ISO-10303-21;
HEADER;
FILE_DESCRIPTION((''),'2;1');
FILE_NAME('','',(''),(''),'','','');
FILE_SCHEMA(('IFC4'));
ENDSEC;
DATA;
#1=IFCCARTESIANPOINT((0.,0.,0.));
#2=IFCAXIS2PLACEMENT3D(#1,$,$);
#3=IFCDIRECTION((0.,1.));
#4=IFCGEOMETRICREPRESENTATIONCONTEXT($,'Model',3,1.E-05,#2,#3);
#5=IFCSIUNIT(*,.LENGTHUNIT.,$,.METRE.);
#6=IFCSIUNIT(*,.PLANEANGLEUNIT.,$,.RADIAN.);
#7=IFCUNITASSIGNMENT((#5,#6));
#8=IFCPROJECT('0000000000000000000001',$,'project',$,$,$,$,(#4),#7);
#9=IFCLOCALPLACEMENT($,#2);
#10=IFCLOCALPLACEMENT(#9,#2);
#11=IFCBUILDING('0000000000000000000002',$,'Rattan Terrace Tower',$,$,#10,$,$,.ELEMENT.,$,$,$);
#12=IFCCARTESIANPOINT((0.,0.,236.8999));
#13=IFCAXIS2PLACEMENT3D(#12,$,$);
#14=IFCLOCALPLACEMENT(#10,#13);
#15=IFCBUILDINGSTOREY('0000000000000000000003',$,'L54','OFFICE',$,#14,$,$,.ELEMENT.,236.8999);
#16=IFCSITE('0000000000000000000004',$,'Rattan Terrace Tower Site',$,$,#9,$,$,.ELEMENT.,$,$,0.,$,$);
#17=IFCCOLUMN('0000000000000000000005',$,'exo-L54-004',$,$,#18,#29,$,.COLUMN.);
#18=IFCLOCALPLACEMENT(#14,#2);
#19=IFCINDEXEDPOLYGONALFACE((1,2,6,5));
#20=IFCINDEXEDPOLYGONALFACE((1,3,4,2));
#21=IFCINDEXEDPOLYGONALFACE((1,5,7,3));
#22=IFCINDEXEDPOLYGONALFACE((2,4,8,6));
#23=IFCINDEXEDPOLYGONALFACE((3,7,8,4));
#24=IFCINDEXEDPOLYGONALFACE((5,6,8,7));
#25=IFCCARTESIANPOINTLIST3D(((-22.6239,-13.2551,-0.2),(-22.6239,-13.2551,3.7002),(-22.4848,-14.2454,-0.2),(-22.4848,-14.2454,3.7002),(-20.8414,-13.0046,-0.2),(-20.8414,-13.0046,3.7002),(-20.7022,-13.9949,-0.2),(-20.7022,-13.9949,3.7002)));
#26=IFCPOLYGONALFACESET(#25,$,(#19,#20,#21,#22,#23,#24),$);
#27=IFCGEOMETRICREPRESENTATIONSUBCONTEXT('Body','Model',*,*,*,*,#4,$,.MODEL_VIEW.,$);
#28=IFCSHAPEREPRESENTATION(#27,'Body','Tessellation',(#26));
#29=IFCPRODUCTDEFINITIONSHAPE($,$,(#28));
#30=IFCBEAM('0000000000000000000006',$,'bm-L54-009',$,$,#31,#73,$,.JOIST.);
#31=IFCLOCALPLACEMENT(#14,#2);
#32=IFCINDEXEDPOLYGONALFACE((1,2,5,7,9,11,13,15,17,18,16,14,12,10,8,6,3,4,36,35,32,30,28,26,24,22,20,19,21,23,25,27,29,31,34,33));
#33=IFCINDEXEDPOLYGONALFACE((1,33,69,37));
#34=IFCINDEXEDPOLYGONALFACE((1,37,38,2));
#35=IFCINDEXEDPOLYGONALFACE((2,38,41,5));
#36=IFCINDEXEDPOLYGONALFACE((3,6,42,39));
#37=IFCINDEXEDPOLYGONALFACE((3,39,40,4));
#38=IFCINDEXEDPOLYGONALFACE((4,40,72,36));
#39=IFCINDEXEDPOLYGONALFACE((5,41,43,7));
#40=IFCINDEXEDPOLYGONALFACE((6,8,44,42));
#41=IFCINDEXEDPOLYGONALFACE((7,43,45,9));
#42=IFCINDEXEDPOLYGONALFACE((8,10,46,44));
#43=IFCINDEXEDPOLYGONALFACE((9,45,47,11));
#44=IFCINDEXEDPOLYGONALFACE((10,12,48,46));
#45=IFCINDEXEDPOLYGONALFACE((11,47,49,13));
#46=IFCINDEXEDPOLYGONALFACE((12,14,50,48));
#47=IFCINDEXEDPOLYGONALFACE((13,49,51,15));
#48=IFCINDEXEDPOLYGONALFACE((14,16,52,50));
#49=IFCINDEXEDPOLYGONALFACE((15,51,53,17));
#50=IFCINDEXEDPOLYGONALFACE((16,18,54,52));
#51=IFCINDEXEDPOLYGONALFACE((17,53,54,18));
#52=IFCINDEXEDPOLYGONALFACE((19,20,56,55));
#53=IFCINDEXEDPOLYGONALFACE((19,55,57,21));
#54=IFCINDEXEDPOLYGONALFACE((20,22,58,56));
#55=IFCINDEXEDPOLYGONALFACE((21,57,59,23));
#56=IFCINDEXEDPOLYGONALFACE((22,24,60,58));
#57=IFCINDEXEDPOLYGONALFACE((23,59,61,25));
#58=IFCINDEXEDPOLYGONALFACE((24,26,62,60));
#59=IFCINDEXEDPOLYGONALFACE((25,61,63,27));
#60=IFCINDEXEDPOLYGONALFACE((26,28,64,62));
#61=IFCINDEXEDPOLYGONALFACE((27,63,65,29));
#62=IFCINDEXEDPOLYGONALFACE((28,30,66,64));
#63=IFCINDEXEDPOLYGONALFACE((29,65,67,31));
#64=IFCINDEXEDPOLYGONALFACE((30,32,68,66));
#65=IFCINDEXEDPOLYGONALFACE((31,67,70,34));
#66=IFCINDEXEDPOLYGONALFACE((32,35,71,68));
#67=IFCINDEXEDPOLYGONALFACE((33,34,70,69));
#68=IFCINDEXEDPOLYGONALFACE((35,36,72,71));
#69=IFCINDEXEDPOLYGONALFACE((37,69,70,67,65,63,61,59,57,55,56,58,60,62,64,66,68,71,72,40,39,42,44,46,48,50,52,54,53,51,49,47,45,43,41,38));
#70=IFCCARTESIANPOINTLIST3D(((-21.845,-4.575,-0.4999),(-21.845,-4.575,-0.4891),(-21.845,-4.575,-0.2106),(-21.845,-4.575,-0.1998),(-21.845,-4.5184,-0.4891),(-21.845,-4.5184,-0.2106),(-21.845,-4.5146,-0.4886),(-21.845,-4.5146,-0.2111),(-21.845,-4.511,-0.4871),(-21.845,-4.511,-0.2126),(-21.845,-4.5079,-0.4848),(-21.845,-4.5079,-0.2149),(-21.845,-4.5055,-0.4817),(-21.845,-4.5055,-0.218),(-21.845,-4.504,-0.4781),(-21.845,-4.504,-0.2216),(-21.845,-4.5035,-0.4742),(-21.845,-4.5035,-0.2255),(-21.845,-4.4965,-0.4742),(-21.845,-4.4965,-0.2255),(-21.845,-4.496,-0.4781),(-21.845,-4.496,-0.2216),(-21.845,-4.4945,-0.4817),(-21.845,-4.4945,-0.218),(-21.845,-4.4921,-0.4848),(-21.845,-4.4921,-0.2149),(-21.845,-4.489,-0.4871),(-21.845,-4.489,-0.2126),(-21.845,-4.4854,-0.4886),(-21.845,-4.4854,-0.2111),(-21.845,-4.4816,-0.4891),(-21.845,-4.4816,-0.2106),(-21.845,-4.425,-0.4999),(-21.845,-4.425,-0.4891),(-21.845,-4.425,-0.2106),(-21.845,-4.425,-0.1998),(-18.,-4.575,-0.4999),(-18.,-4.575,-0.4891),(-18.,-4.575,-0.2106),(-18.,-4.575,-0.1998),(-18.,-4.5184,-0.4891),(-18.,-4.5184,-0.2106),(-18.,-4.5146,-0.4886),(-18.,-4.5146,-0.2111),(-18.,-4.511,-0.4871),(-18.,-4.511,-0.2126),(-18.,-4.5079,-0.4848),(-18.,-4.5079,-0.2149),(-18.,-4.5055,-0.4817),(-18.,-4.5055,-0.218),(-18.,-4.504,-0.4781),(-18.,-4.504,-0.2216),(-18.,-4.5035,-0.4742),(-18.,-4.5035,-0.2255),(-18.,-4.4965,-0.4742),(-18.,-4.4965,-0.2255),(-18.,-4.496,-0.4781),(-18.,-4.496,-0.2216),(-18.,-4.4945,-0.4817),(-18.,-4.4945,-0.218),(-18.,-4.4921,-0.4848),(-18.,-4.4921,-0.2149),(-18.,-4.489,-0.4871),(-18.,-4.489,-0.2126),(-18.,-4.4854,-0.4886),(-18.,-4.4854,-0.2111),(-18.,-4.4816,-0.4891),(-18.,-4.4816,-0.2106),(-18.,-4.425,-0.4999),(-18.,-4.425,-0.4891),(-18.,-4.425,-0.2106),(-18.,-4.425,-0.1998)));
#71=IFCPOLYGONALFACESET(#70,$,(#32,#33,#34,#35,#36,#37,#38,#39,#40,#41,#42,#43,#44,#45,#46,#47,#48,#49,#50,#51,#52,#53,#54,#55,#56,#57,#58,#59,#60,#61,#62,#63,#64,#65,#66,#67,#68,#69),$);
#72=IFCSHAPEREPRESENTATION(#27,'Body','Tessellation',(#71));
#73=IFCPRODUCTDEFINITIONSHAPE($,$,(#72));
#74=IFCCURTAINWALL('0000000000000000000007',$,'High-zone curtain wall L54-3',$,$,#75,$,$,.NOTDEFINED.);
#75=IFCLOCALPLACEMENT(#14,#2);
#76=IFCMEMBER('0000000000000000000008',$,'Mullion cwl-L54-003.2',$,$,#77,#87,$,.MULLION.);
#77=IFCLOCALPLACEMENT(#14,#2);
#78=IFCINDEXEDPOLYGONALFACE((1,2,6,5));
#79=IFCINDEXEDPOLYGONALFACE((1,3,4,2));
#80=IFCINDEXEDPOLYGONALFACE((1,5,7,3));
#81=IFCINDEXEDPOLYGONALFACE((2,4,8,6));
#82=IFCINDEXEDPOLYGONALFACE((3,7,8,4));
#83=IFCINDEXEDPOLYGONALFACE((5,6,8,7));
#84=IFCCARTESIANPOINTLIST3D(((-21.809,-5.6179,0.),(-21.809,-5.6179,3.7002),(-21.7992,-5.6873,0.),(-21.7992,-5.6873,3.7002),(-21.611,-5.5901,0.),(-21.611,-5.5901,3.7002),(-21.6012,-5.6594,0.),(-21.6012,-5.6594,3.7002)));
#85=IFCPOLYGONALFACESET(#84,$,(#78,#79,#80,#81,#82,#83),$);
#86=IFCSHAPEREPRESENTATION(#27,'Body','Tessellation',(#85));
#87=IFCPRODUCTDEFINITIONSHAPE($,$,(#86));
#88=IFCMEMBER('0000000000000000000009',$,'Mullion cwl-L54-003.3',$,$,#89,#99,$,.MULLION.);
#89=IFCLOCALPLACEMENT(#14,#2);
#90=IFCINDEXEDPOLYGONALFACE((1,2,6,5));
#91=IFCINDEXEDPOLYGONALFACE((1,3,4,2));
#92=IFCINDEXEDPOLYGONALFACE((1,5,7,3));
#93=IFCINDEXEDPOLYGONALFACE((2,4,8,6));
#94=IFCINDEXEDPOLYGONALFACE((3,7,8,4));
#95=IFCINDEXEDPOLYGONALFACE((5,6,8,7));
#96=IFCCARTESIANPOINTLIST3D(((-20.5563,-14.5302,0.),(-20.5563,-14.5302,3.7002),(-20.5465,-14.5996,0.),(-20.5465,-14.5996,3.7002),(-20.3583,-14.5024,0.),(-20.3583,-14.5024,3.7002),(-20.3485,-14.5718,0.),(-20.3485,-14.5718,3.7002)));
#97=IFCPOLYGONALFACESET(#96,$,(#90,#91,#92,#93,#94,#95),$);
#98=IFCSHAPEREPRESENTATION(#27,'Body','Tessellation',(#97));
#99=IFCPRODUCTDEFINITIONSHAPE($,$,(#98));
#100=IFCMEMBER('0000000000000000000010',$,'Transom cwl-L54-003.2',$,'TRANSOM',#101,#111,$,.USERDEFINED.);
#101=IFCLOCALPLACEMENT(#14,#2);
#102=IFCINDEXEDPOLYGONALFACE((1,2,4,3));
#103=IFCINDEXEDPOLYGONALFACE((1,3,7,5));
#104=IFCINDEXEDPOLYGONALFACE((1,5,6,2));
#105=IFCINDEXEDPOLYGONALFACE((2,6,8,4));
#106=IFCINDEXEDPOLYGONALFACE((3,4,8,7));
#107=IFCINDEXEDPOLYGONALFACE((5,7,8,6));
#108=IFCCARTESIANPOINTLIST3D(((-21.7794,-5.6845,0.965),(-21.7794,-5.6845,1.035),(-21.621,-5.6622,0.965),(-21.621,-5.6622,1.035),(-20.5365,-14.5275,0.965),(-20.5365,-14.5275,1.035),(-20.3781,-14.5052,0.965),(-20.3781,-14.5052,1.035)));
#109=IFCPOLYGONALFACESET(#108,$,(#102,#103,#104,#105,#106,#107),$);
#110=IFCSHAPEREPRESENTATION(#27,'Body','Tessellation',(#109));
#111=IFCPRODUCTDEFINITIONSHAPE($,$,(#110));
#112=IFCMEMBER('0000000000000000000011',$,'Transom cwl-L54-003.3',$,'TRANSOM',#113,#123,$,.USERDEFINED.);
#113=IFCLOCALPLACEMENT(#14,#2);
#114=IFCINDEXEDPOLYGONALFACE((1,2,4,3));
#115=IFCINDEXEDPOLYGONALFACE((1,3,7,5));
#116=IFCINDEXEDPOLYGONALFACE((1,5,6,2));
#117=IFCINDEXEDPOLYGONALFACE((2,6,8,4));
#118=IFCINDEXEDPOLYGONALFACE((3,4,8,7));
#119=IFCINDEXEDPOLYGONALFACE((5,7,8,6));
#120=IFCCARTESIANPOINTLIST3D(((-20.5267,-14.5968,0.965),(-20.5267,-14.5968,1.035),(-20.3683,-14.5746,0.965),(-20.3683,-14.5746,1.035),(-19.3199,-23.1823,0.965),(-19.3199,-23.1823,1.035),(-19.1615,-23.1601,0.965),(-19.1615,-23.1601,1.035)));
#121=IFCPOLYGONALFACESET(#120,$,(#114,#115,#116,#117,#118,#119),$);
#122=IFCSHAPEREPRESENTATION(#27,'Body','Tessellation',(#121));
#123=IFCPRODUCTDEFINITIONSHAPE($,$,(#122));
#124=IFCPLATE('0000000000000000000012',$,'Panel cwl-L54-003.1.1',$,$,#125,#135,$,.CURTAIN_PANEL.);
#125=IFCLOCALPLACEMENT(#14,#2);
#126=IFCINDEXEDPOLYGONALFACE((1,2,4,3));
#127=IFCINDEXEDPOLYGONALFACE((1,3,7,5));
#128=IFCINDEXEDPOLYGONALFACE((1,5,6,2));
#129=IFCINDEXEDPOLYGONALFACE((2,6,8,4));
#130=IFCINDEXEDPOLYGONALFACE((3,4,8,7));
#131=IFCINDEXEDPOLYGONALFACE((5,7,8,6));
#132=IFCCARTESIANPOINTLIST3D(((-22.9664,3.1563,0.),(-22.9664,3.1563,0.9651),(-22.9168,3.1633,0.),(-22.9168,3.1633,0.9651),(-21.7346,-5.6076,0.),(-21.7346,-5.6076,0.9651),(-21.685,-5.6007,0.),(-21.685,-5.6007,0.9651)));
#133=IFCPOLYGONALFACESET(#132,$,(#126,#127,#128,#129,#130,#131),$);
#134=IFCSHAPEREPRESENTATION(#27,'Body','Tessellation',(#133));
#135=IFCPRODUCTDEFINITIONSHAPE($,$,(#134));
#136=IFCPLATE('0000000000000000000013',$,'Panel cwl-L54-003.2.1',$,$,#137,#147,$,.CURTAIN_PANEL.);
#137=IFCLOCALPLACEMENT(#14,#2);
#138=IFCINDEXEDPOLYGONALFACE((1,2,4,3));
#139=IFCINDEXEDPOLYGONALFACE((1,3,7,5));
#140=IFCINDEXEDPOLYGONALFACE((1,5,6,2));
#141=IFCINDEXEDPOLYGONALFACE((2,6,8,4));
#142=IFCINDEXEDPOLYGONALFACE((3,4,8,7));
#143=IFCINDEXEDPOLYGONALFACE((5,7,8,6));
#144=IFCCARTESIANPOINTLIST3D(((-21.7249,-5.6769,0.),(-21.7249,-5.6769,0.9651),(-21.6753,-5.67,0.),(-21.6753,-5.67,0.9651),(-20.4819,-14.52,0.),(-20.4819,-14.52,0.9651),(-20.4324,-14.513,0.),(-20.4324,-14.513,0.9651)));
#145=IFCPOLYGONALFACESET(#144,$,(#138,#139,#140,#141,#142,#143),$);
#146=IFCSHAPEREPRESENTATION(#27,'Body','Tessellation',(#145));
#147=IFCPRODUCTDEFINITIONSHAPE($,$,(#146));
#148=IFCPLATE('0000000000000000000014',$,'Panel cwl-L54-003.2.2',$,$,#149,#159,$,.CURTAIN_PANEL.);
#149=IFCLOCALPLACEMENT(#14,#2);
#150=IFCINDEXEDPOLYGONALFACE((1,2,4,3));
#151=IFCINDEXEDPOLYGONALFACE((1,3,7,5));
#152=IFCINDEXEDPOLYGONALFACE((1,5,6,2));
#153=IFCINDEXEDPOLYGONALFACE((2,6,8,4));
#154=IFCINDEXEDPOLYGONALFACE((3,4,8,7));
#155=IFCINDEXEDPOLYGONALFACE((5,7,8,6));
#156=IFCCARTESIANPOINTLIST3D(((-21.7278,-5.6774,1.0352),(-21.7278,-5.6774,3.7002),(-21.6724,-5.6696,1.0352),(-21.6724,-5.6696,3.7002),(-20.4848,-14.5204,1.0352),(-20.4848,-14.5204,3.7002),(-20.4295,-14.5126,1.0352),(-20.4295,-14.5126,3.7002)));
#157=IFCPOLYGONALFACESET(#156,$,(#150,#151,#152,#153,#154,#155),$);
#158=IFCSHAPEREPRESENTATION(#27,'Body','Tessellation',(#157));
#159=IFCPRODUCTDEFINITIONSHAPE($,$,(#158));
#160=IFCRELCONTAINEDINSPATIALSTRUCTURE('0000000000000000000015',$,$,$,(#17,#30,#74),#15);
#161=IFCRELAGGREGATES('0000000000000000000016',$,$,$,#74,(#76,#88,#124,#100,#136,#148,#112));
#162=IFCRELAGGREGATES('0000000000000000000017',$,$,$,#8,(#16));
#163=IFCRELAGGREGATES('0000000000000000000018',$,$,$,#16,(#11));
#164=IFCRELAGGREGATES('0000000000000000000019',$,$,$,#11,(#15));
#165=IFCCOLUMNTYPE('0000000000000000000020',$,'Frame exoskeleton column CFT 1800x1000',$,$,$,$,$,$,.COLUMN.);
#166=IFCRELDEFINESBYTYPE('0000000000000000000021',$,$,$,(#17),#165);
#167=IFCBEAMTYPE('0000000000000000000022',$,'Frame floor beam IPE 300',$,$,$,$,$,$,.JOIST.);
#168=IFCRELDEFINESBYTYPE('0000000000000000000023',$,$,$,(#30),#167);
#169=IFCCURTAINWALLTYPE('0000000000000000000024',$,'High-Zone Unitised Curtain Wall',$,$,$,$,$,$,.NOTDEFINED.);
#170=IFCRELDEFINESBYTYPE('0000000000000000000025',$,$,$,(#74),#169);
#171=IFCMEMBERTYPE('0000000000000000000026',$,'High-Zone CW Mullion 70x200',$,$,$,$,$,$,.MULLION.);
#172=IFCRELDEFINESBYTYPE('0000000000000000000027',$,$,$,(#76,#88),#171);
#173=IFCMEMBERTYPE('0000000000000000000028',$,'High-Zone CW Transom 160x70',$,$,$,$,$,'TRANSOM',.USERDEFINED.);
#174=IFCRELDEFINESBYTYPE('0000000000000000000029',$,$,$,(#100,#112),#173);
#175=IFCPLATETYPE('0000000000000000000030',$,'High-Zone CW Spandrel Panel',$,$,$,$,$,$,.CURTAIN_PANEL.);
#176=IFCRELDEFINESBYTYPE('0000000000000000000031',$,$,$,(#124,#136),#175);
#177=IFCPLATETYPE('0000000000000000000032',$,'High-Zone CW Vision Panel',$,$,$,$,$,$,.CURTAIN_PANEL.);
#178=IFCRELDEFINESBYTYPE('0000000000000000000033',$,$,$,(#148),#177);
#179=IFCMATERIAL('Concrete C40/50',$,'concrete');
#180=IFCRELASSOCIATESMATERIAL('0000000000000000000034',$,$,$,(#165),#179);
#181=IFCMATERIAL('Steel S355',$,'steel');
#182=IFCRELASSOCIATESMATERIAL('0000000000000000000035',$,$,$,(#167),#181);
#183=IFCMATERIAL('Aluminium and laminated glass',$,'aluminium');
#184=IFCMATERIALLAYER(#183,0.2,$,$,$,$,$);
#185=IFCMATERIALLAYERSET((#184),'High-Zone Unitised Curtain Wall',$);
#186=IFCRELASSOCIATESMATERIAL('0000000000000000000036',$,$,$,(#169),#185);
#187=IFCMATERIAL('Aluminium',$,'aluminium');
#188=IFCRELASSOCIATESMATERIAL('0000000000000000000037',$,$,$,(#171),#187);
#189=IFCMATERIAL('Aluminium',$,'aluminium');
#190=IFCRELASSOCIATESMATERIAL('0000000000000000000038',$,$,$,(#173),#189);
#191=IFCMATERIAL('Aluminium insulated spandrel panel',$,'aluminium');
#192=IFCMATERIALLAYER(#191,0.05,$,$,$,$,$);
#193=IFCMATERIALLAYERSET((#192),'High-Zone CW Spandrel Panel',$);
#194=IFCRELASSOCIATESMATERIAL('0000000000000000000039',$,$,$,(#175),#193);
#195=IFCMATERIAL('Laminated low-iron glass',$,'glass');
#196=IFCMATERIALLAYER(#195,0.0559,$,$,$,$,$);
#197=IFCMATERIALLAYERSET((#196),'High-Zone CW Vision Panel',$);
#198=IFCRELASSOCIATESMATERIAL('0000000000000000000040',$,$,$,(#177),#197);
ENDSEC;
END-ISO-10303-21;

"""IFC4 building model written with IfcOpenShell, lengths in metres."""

from ifc_helpers import new_model, si_unit, direction, frame, origin, origin_2d, place, context, subcontext, project, spatial, rectangle, i_section, extrude, material, layer, layer_set, material_profile, profile_set, type_object, element, aggregate, save


model = new_model("IFC4")

# Units and contexts
model_context = context("Model", 3, precision=1e-05, world=origin(), true_north=direction((0.0, 1.0)))
body_context = subcontext(model_context, "Body", "Model", "MODEL_VIEW")
ifc_project = project(units=[si_unit("LENGTHUNIT", "METRE"), si_unit("PLANEANGLEUNIT", "RADIAN")], contexts=[model_context])

# Site, building, storey
site_placement = place(None, origin())
site = spatial("IfcSite", under=ifc_project, at=site_placement, Name="Rattan Terrace Tower Site", CompositionType="ELEMENT", RefElevation=0.0)
building_placement = place(site_placement, origin())
building = spatial("IfcBuilding", under=site, at=building_placement, Name="Rattan Terrace Tower", CompositionType="ELEMENT")
storey_placement = place(building_placement, frame((0.0, 0.0, 236.8999)))
storey = spatial("IfcBuildingStorey", under=building, at=storey_placement, Name="L54", Description="OFFICE", CompositionType="ELEMENT", Elevation=236.8999)

# Column
ifc_material_1 = material(Name="Concrete C40/50", Category="concrete")
ifc_material_profile_1 = material_profile(ifc_material_1, rectangle(XDim=1.0, YDim=1.8, at=origin_2d()), Name="CFT 1800x1000")
ifc_profile_set_1 = profile_set([ifc_material_profile_1], Name="Concrete C40/50")
column_type = type_object("IfcColumnType", Name="Frame exoskeleton column CFT 1800x1000", PredefinedType="COLUMN", material=ifc_profile_set_1)
column_placement = place(storey_placement, frame((-21.6631, -13.625, -0.2), z_axis=(0.0, 0.0, 1.0), x_axis=(-0.13919, 0.990266, 0.0)))
element("IfcColumn", 1, at=column_placement, inside=storey, type_object=column_type, Name="exo-L54-004", PredefinedType="COLUMN", context=body_context, shape_type="SweptSolid", body=[
    extrude(rectangle(XDim=1.0, YDim=1.8, at=origin_2d()), origin(), (0.0, 0.0, 1.0), 3.9001),
])

# Beam
ifc_material_2 = material(Name="Steel S355", Category="steel")
ifc_material_profile_2 = material_profile(ifc_material_2, i_section(OverallWidth=0.1499, OverallDepth=0.3, WebThickness=0.0071, FlangeThickness=0.0107, FilletRadius=0.0149, at=origin_2d()), Name="IPE 300")
ifc_profile_set_2 = profile_set([ifc_material_profile_2], Name="Steel S355")
beam_type = type_object("IfcBeamType", Name="Frame floor beam IPE 300", PredefinedType="JOIST", material=ifc_profile_set_2)
beam_placement = place(storey_placement, frame((-21.845, -4.5, -0.3499), z_axis=(1.0, 0.0, 0.0), x_axis=(0.0, 1.0, 0.0)))
element("IfcBeam", 2, at=beam_placement, inside=storey, type_object=beam_type, Name="bm-L54-009", PredefinedType="JOIST", context=body_context, shape_type="SweptSolid", body=[
    extrude(i_section(OverallWidth=0.1499, OverallDepth=0.3, WebThickness=0.0071, FlangeThickness=0.0107, FilletRadius=0.0149, at=origin_2d()), origin(), (0.0, 0.0, 1.0), 3.845),
])

# Curtain wall, members, plates
ifc_material_3 = material(Name="Aluminium and laminated glass", Category="aluminium")
ifc_layer_1 = layer(ifc_material_3, 0.2)
ifc_layer_set_1 = layer_set([ifc_layer_1], Name="High-Zone Unitised Curtain Wall")
curtain_wall_type = type_object("IfcCurtainWallType", Name="High-Zone Unitised Curtain Wall", PredefinedType="NOTDEFINED", material=ifc_layer_set_1)
curtain_wall_placement = place(storey_placement, origin())
curtain_wall = element("IfcCurtainWall", 3, at=curtain_wall_placement, inside=storey, type_object=curtain_wall_type, Name="High-zone curtain wall L54-3", PredefinedType="NOTDEFINED")
ifc_material_4 = material(Name="Aluminium", Category="aluminium")
ifc_material_profile_3 = material_profile(ifc_material_4, rectangle(XDim=0.0701, YDim=0.2, at=origin_2d()), Name="Aluminium 70x200")
ifc_profile_set_3 = profile_set([ifc_material_profile_3], Name="Aluminium")
member_type_1 = type_object("IfcMemberType", Name="High-Zone CW Mullion 70x200", PredefinedType="MULLION", material=ifc_profile_set_3)
member_1_placement = place(storey_placement, frame((-21.7051, -5.6387, 0.0), z_axis=(0.0, 0.0, 1.0), x_axis=(0.139186, -0.990266, 0.0)))
member_1 = element("IfcMember", 4, at=member_1_placement, type_object=member_type_1, Name="Mullion cwl-L54-003.2", PredefinedType="MULLION", context=body_context, shape_type="SweptSolid", body=[
    extrude(rectangle(XDim=0.0701, YDim=0.2, at=origin_2d()), origin(), (0.0, 0.0, 1.0), 3.7002),
])
member_2_placement = place(storey_placement, frame((-20.4524, -14.551, 0.0), z_axis=(0.0, 0.0, 1.0), x_axis=(0.139186, -0.990266, 0.0)))
member_2 = element("IfcMember", 5, at=member_2_placement, type_object=member_type_1, Name="Mullion cwl-L54-003.3", PredefinedType="MULLION", context=body_context, shape_type="SweptSolid", body=[
    extrude(rectangle(XDim=0.0701, YDim=0.2, at=origin_2d()), origin(), (0.0, 0.0, 1.0), 3.7002),
])
ifc_material_5 = material(Name="Aluminium", Category="aluminium")
ifc_material_profile_4 = material_profile(ifc_material_5, rectangle(XDim=0.1599, YDim=0.0701, at=origin_2d()), Name="Aluminium 160x70")
ifc_profile_set_4 = profile_set([ifc_material_profile_4], Name="Aluminium")
member_type_2 = type_object("IfcMemberType", Name="High-Zone CW Transom 160x70", ElementType="TRANSOM", PredefinedType="USERDEFINED", material=ifc_profile_set_4)
member_3_placement = place(storey_placement, frame((-21.7002, -5.6733, 1.0), z_axis=(0.139186, -0.990266, 0.0), x_axis=(0.990266, 0.139186, 0.0)))
member_3 = element("IfcMember", 6, at=member_3_placement, type_object=member_type_2, Name="Transom cwl-L54-003.2", ObjectType="TRANSOM", PredefinedType="USERDEFINED", context=body_context, shape_type="SweptSolid", body=[
    extrude(rectangle(XDim=0.1599, YDim=0.0701, at=origin_2d()), origin(), (0.0, 0.0, 1.0), 8.9299),
])
member_4_placement = place(storey_placement, frame((-20.4475, -14.5857, 1.0), z_axis=(0.139194, -0.990265, 0.0), x_axis=(0.990265, 0.139194, 0.0)))
member_4 = element("IfcMember", 7, at=member_4_placement, type_object=member_type_2, Name="Transom cwl-L54-003.3", ObjectType="TRANSOM", PredefinedType="USERDEFINED", context=body_context, shape_type="SweptSolid", body=[
    extrude(rectangle(XDim=0.1599, YDim=0.0701, at=origin_2d()), origin(), (0.0, 0.0, 1.0), 8.6699),
])
ifc_material_6 = material(Name="Aluminium insulated spandrel panel", Category="aluminium")
ifc_layer_2 = layer(ifc_material_6, 0.05)
ifc_layer_set_2 = layer_set([ifc_layer_2], Name="High-Zone CW Spandrel Panel")
plate_type_1 = type_object("IfcPlateType", Name="High-Zone CW Spandrel Panel", PredefinedType="CURTAIN_PANEL", material=ifc_layer_set_2)
plate_1_placement = place(storey_placement, frame((-22.3257, -1.2222, 0.0), z_axis=(0.0, 0.0, 1.0), x_axis=(0.139186, -0.990266, 0.0)))
plate_1 = element("IfcPlate", 8, at=plate_1_placement, type_object=plate_type_1, Name="Panel cwl-L54-003.1.1", PredefinedType="CURTAIN_PANEL", context=body_context, shape_type="SweptSolid", body=[
    extrude(rectangle(XDim=8.8501, YDim=0.05, at=origin_2d()), origin(), (0.0, 0.0, 1.0), 0.9651),
])
plate_2_placement = place(storey_placement, frame((-21.0786, -10.095, 0.0), z_axis=(0.0, 0.0, 1.0), x_axis=(0.139186, -0.990266, 0.0)))
plate_2 = element("IfcPlate", 9, at=plate_2_placement, type_object=plate_type_1, Name="Panel cwl-L54-003.2.1", PredefinedType="CURTAIN_PANEL", context=body_context, shape_type="SweptSolid", body=[
    extrude(rectangle(XDim=8.9299, YDim=0.05, at=origin_2d()), origin(), (0.0, 0.0, 1.0), 0.9651),
])
ifc_material_7 = material(Name="Laminated low-iron glass", Category="glass")
ifc_layer_3 = layer(ifc_material_7, 0.0559)
ifc_layer_set_3 = layer_set([ifc_layer_3], Name="High-Zone CW Vision Panel")
plate_type_2 = type_object("IfcPlateType", Name="High-Zone CW Vision Panel", PredefinedType="CURTAIN_PANEL", material=ifc_layer_set_3)
plate_3_placement = place(storey_placement, frame((-21.0786, -10.095, 1.0352), z_axis=(0.0, 0.0, 1.0), x_axis=(0.139186, -0.990266, 0.0)))
plate_3 = element("IfcPlate", 10, at=plate_3_placement, type_object=plate_type_2, Name="Panel cwl-L54-003.2.2", PredefinedType="CURTAIN_PANEL", context=body_context, shape_type="SweptSolid", body=[
    extrude(rectangle(XDim=8.9299, YDim=0.0559, at=origin_2d()), origin(), (0.0, 0.0, 1.0), 2.665),
])
aggregate(curtain_wall, [member_1, member_2, plate_1, member_3, plate_2, plate_3, member_4])

save(model, "model.ifc")
